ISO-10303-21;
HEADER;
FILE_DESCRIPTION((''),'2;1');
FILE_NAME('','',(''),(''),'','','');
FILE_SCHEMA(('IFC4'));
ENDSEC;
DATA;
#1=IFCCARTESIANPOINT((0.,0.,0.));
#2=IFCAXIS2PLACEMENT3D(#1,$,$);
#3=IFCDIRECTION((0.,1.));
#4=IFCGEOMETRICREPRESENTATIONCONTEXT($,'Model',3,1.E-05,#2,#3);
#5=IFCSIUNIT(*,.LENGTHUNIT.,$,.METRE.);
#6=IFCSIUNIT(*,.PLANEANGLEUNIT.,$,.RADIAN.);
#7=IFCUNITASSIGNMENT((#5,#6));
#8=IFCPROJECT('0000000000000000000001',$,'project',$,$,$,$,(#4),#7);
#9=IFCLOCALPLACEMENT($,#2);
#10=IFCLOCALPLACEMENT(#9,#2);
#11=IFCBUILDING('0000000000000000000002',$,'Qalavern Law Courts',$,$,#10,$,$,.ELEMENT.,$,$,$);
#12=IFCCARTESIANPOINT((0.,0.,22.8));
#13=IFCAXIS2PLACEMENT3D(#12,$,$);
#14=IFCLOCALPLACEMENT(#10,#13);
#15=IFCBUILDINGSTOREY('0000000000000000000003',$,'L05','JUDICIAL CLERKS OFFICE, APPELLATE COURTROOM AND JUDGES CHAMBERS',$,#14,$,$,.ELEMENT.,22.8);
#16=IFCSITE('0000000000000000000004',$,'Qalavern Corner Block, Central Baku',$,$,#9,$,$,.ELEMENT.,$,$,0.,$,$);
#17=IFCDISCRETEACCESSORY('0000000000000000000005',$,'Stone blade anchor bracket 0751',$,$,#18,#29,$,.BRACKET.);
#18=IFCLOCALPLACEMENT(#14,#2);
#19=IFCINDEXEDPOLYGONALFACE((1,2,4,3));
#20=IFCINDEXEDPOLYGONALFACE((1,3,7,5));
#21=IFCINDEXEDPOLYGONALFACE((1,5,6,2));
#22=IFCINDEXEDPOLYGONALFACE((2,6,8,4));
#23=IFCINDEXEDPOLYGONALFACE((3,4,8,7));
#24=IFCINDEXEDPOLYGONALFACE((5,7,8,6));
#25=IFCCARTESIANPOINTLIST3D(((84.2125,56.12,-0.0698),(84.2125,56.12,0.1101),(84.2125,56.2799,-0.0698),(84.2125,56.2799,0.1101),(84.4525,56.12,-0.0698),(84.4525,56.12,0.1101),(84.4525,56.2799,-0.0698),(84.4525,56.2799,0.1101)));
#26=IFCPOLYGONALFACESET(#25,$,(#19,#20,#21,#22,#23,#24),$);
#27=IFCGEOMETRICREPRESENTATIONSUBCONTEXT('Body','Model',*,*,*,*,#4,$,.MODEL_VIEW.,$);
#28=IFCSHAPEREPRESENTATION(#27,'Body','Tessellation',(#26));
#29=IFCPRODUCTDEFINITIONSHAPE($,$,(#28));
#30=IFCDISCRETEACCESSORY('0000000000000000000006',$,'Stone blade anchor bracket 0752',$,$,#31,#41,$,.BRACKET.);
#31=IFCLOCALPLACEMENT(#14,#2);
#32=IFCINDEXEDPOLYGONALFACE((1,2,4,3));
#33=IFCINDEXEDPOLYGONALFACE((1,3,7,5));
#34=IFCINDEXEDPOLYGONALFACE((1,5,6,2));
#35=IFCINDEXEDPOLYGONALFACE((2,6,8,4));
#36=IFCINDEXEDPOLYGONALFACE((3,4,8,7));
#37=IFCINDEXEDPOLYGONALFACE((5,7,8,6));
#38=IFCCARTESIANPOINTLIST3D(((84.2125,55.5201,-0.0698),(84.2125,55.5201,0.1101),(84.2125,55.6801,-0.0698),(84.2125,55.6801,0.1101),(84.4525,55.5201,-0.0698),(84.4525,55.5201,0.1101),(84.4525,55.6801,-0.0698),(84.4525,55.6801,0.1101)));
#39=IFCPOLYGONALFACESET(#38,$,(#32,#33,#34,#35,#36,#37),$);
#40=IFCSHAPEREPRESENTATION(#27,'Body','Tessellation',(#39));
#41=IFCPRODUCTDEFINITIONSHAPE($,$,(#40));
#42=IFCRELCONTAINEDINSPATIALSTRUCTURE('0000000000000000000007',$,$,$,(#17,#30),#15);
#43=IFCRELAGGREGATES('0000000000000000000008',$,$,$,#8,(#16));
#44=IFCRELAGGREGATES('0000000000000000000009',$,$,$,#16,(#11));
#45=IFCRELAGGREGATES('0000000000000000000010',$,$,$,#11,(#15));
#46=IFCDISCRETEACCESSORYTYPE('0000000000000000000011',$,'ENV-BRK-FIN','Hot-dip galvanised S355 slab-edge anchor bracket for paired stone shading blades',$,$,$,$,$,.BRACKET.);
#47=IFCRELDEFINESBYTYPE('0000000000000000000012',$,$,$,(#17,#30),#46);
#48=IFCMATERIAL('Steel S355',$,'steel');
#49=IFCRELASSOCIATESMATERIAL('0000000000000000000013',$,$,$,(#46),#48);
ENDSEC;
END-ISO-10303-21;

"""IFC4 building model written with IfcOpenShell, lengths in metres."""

from ifc_helpers import new_model, si_unit, direction, frame, origin, origin_2d, place, context, subcontext, project, spatial, rectangle, extrude, material, type_object, element, save


model = new_model("IFC4")

# Units and contexts
model_context = context("Model", 3, precision=1e-05, world=origin(), true_north=direction((0.0, 1.0)))
body_context = subcontext(model_context, "Body", "Model", "MODEL_VIEW")
ifc_project = project(units=[si_unit("LENGTHUNIT", "METRE"), si_unit("PLANEANGLEUNIT", "RADIAN")], contexts=[model_context])

# Site, building, storey
site_placement = place(None, origin())
site = spatial("IfcSite", under=ifc_project, at=site_placement, Name="Qalavern Corner Block, Central Baku", CompositionType="ELEMENT", RefElevation=0.0)
building_placement = place(site_placement, origin())
building = spatial("IfcBuilding", under=site, at=building_placement, Name="Qalavern Law Courts", CompositionType="ELEMENT")
storey_placement = place(building_placement, frame((0.0, 0.0, 22.8)))
storey = spatial("IfcBuildingStorey", under=building, at=storey_placement, Name="L05", Description="JUDICIAL CLERKS OFFICE, APPELLATE COURTROOM AND JUDGES CHAMBERS", CompositionType="ELEMENT", Elevation=22.8)

# Discrete accessories
ifc_material_1 = material(Name="Steel S355", Category="steel")
discrete_accessory_type = type_object("IfcDiscreteAccessoryType", Name="ENV-BRK-FIN", Description="Hot-dip galvanised S355 slab-edge anchor bracket for paired stone shading blades", PredefinedType="BRACKET", material=ifc_material_1)
for number, where, z_axis, x_axis, name in (
    (1, (84.3325, 56.2, -0.0698), (0.0, 0.0, 1.0), (-1.0, 0.0, 0.0), "Stone blade anchor bracket 0751"),
    (2, (84.3325, 55.6001, -0.0698), (0.0, 0.0, 1.0), (-1.0, 0.0, 0.0), "Stone blade anchor bracket 0752"),
):
    element("IfcDiscreteAccessory", number, at=place(storey_placement, frame(where, z_axis=z_axis, x_axis=x_axis)), inside=storey, type_object=discrete_accessory_type, Name=name, PredefinedType="BRACKET", context=body_context, shape_type="SweptSolid", body=[
        extrude(rectangle(XDim=0.24, YDim=0.1599, at=origin_2d()), origin(), (0.0, 0.0, 1.0), 0.1799),
    ])

save(model, "model.ifc")
